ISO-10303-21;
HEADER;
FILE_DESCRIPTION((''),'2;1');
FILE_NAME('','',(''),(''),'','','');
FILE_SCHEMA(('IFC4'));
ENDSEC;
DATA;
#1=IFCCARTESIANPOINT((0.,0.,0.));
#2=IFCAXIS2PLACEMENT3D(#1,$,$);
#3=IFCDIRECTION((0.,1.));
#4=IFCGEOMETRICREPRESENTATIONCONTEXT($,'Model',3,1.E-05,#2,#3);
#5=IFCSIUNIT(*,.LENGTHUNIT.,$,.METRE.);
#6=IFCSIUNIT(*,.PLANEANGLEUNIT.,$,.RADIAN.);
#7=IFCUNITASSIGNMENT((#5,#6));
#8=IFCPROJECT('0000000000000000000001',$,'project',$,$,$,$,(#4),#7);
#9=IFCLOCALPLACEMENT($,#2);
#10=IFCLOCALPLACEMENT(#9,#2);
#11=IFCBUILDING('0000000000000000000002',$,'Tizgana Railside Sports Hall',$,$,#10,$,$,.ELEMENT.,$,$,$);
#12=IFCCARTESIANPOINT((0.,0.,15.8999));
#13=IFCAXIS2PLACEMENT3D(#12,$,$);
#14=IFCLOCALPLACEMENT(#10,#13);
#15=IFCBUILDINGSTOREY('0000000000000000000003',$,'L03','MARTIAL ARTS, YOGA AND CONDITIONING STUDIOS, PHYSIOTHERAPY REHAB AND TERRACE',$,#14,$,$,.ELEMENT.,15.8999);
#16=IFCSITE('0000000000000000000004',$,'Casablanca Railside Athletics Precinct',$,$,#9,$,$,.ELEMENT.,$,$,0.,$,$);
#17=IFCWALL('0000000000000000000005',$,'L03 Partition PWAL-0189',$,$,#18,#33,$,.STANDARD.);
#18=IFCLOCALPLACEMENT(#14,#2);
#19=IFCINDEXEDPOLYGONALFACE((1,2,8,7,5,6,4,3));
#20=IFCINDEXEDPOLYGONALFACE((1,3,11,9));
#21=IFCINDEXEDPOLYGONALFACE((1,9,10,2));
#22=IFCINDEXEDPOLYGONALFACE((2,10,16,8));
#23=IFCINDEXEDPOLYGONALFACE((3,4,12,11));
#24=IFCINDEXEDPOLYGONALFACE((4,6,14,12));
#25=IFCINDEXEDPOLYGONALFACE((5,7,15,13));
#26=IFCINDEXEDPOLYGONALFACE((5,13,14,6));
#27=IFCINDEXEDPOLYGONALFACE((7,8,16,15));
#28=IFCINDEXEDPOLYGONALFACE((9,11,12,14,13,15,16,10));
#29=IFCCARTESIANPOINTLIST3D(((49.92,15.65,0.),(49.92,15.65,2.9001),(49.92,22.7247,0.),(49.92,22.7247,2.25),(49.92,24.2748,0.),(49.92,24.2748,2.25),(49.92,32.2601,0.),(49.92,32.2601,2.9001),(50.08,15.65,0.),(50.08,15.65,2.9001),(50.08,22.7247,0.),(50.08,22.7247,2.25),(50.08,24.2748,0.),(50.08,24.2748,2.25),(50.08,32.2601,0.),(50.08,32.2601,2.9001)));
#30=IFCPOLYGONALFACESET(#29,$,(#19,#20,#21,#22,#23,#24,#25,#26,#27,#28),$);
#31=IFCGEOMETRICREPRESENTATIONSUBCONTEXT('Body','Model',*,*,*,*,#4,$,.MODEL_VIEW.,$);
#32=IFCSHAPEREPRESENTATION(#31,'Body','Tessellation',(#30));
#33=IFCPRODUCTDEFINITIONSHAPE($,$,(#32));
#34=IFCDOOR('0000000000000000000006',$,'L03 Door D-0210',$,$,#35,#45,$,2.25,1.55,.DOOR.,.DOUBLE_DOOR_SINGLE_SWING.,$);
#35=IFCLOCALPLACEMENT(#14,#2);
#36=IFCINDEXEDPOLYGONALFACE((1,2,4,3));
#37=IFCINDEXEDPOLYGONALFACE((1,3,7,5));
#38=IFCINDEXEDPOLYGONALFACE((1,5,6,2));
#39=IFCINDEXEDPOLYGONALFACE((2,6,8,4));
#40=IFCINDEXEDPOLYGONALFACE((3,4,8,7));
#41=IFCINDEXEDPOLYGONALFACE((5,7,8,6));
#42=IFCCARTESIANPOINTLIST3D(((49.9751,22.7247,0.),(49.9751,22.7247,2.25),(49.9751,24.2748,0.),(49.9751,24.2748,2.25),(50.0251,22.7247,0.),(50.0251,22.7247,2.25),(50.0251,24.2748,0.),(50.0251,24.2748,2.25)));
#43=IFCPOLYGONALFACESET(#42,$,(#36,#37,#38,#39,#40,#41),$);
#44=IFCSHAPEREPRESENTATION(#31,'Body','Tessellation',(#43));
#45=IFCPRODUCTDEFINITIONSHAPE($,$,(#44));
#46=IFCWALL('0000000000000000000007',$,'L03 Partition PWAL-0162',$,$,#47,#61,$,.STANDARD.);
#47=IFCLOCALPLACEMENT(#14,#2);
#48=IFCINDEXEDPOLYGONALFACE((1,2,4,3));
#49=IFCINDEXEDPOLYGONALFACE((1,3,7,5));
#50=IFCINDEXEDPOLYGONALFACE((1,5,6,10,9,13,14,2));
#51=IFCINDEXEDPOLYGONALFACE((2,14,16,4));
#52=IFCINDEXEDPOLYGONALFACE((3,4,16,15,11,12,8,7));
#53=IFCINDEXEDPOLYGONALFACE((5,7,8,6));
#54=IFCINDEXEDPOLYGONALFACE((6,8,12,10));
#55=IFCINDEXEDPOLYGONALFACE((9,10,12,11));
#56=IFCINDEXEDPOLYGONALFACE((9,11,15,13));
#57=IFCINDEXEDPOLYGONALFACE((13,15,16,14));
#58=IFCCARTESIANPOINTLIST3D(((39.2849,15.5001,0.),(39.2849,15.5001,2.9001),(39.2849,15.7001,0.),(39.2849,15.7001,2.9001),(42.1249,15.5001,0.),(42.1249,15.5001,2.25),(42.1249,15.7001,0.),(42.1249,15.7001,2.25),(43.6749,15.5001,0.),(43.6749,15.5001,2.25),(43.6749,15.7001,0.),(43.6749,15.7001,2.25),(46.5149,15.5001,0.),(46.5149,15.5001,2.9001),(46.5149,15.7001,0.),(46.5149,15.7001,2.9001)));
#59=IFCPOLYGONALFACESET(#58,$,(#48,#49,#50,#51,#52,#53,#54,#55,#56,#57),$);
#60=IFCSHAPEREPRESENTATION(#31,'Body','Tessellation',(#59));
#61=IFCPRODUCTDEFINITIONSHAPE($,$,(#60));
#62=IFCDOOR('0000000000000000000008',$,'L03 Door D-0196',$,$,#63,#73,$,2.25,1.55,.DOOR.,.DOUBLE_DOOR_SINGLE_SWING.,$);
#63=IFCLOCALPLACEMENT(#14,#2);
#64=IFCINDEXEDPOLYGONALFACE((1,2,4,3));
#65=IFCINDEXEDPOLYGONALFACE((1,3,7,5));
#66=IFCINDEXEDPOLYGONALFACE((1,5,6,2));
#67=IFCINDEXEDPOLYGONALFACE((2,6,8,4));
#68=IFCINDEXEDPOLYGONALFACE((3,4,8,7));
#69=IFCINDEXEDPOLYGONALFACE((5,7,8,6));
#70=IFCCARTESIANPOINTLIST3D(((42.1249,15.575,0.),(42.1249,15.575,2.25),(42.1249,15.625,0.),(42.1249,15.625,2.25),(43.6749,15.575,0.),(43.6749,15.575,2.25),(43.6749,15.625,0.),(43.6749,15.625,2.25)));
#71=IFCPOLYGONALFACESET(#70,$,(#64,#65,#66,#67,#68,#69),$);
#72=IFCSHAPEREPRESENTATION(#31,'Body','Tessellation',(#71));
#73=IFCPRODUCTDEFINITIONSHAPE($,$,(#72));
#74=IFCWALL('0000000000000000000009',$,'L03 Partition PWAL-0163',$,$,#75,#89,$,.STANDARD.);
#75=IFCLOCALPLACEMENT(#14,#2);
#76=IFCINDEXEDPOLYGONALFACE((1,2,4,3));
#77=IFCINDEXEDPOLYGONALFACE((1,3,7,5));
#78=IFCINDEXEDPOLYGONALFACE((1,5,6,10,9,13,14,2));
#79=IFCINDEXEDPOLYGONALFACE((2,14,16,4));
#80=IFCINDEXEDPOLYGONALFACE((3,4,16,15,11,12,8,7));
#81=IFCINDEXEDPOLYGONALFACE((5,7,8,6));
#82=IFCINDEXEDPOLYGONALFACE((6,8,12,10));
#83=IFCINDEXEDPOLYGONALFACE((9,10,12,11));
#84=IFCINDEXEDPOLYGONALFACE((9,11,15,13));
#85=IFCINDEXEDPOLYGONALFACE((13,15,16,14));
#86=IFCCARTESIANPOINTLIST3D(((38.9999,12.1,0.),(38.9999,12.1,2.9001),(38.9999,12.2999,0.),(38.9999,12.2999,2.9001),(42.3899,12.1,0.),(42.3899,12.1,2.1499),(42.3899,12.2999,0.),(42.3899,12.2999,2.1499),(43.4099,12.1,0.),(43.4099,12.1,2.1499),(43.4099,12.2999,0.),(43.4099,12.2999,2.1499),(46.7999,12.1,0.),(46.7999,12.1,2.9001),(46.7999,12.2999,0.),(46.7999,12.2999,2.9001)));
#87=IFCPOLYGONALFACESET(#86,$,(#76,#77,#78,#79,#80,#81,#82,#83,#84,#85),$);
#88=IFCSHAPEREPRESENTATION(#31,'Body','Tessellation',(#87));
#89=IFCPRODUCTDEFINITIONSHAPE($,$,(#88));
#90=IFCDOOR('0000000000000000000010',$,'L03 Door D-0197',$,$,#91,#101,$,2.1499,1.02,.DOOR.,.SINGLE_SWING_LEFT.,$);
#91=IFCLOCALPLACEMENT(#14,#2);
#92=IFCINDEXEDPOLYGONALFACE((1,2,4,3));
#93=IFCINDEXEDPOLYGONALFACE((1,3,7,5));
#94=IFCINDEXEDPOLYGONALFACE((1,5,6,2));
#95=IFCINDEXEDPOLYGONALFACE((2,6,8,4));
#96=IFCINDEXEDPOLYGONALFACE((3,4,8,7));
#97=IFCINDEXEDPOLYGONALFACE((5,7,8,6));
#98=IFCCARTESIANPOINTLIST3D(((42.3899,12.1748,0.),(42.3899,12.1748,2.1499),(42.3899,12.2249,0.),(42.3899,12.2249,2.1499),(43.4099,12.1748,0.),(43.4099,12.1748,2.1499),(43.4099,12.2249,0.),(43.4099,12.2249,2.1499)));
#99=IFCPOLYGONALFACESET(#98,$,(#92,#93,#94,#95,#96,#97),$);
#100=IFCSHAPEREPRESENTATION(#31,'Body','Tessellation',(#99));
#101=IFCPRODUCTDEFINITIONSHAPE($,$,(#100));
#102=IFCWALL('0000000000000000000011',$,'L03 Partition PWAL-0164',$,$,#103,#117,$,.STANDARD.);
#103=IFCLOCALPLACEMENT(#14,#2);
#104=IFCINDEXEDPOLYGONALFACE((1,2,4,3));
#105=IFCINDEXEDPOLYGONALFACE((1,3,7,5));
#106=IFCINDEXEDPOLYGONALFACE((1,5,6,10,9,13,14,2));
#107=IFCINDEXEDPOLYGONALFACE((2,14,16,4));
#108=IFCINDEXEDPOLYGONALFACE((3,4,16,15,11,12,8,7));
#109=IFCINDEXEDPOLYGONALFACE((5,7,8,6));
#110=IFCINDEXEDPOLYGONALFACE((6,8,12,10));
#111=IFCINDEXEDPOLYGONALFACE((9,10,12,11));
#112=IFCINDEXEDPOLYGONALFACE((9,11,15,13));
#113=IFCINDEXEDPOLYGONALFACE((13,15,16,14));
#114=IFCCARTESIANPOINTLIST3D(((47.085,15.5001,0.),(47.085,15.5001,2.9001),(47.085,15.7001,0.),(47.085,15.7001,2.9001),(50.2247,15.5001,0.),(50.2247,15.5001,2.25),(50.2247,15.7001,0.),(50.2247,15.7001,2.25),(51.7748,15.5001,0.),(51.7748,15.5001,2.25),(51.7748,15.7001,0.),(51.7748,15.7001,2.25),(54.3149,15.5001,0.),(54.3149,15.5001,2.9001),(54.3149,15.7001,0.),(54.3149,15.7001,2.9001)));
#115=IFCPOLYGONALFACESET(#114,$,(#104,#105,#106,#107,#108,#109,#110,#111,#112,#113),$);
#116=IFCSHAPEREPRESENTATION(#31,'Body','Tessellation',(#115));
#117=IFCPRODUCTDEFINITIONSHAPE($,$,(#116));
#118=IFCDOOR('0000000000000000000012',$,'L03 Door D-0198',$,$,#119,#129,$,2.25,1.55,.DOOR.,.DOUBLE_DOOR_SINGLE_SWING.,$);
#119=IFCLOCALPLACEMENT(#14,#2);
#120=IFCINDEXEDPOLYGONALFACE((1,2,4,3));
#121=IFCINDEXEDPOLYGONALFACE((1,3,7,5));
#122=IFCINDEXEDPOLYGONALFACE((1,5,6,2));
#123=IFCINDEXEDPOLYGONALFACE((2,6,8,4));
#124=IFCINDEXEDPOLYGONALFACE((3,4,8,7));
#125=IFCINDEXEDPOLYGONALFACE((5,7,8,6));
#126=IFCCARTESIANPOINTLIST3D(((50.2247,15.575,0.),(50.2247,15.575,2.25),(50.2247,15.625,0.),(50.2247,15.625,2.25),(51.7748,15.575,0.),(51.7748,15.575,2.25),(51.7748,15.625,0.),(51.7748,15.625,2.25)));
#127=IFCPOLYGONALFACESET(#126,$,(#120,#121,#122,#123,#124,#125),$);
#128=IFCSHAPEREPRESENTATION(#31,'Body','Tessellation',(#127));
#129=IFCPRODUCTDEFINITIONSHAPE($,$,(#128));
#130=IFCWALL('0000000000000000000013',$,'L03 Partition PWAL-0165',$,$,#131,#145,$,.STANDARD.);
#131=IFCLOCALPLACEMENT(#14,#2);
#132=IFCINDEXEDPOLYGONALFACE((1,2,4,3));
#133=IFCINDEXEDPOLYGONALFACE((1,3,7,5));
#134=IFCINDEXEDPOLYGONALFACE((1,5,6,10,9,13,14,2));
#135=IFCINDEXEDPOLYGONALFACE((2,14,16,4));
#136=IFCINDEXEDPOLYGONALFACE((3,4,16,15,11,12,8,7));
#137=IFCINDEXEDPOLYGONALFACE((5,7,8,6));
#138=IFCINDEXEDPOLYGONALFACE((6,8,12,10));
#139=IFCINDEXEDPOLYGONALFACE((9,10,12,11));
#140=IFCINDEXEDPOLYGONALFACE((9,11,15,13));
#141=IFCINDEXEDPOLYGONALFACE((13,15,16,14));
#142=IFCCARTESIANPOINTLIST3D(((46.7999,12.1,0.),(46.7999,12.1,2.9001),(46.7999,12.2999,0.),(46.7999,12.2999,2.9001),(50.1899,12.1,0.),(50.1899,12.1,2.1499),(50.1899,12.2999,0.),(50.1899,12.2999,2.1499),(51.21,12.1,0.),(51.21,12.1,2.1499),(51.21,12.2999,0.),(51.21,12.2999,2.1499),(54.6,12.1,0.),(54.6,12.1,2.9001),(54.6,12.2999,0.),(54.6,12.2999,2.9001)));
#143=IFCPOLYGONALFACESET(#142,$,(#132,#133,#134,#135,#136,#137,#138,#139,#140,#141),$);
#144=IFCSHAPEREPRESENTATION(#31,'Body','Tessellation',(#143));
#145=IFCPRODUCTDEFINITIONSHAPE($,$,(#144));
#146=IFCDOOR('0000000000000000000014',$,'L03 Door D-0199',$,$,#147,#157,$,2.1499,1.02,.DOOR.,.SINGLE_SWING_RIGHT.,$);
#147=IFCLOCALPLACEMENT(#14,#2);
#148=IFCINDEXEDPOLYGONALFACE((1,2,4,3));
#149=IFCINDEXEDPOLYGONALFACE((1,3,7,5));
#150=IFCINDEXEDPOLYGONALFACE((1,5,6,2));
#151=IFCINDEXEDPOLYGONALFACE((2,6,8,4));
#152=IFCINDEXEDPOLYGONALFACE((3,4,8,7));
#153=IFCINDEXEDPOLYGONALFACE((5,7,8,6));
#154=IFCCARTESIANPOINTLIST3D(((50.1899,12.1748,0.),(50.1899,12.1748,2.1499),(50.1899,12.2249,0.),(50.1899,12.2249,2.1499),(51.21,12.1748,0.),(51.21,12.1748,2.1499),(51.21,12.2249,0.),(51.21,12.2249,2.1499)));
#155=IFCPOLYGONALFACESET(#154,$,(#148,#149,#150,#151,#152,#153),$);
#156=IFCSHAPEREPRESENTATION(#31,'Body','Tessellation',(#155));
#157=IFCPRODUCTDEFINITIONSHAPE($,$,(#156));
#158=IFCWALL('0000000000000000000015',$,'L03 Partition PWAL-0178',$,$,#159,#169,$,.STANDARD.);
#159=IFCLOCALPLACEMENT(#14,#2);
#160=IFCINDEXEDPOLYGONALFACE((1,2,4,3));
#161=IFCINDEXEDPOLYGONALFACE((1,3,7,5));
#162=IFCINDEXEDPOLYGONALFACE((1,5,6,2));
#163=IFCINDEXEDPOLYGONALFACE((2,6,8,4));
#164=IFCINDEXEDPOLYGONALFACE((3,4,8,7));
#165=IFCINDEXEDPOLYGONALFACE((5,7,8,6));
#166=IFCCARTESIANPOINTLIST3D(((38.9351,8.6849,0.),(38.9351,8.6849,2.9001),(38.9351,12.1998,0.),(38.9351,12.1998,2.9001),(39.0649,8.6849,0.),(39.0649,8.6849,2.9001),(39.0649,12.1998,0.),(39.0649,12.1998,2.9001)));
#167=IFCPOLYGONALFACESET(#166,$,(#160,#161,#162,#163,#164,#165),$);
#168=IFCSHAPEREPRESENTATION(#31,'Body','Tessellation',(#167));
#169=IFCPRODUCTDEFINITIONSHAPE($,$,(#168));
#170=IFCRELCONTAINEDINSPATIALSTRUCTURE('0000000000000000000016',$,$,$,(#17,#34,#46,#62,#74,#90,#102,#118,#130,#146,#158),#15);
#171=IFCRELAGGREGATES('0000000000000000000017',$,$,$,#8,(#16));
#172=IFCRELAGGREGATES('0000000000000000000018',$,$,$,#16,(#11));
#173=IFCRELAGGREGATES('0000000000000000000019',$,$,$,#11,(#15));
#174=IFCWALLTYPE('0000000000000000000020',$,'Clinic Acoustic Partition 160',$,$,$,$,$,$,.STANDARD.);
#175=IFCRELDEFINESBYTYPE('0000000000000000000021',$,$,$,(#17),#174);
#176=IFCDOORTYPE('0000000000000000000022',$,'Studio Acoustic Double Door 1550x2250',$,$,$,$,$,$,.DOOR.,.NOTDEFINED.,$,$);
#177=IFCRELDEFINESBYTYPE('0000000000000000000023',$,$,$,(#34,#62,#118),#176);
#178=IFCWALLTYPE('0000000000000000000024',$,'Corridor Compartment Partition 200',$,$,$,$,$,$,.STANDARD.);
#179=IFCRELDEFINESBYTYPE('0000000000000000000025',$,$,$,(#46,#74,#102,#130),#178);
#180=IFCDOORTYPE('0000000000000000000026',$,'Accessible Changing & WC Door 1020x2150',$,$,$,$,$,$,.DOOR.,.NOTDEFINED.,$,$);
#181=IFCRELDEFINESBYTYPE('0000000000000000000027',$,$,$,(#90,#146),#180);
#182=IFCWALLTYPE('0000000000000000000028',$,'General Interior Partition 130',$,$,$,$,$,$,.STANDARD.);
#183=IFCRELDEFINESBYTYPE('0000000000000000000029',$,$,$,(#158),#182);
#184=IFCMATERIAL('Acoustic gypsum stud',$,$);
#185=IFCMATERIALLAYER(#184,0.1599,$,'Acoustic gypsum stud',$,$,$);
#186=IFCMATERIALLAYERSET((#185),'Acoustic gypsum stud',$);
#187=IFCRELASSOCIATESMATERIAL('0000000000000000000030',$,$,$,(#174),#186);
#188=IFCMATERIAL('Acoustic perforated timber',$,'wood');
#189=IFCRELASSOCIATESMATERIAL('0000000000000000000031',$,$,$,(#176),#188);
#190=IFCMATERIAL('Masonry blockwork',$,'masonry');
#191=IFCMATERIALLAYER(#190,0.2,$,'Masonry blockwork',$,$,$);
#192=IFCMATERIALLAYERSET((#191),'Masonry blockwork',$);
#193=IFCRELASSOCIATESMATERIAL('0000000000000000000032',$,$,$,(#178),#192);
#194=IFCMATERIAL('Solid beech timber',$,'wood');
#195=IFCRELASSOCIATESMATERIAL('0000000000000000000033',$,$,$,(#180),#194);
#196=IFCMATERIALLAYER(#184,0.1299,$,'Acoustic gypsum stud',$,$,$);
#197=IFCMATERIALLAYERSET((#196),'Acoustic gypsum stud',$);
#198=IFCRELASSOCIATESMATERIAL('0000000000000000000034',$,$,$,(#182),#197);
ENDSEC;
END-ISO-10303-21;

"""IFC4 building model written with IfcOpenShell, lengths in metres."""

from ifc_helpers import new_model, si_unit, direction, frame, frame_2d, origin, place, context, subcontext, project, spatial, rectangle, extrude, material, layer, layer_set, type_object, element, fill, save


model = new_model("IFC4")

# Units and contexts
model_context = context("Model", 3, precision=1e-05, world=origin(), true_north=direction((0.0, 1.0)))
body_context = subcontext(model_context, "Body", "Model", "MODEL_VIEW")
ifc_project = project(units=[si_unit("LENGTHUNIT", "METRE"), si_unit("PLANEANGLEUNIT", "RADIAN")], contexts=[model_context])

# Site, building, storey
site_placement = place(None, origin())
site = spatial("IfcSite", under=ifc_project, at=site_placement, Name="Casablanca Railside Athletics Precinct", CompositionType="ELEMENT", RefElevation=0.0)
building_placement = place(site_placement, origin())
building = spatial("IfcBuilding", under=site, at=building_placement, Name="Tizgana Railside Sports Hall", CompositionType="ELEMENT")
storey_placement = place(building_placement, frame((0.0, 0.0, 15.8999)))
storey = spatial("IfcBuildingStorey", under=building, at=storey_placement, Name="L03", Description="MARTIAL ARTS, YOGA AND CONDITIONING STUDIOS, PHYSIOTHERAPY REHAB AND TERRACE", CompositionType="ELEMENT", Elevation=15.8999)

# Walls, openings, doors
ifc_material_1 = material(Name="Acoustic gypsum stud")
ifc_layer_1 = layer(ifc_material_1, 0.1599, Name="Acoustic gypsum stud")
ifc_layer_set_1 = layer_set([ifc_layer_1], Name="Acoustic gypsum stud")
wall_type_1 = type_object("IfcWallType", Name="Clinic Acoustic Partition 160", PredefinedType="STANDARD", material=ifc_layer_set_1)
wall_1_placement = place(storey_placement, frame((50.0, 15.6499, 0.0), z_axis=(0.0, 0.0, 1.0), x_axis=(0.0, 1.0, 0.0)))
wall_1 = element("IfcWall", 1, at=wall_1_placement, inside=storey, type_object=wall_type_1, Name="L03 Partition PWAL-0189", PredefinedType="STANDARD", context=body_context, shape_type="SweptSolid", body=[
    extrude(rectangle(XDim=16.6101, YDim=0.1599, at=frame_2d((8.3052, 0.0))), origin(), (0.0, 0.0, 1.0), 2.9001),
])
opening_1_placement = place(wall_1_placement, frame((7.075, 0.0, 0.0)))
opening_1 = element("IfcOpeningElement", 2, at=opening_1_placement, cuts=wall_1, PredefinedType="OPENING", context=body_context, shape_type="SweptSolid", body=[
    extrude(rectangle(XDim=1.55, YDim=2.25, at=frame_2d((0.7749, 1.125))), frame((0.0, 0.0898, 0.0), z_axis=(0.0, -1.0, 0.0), x_axis=(1.0, 0.0, 0.0)), (0.0, 0.0, 1.0), 0.1799),
])
ifc_material_2 = material(Name="Acoustic perforated timber", Category="wood")
door_type_1 = type_object("IfcDoorType", Name="Studio Acoustic Double Door 1550x2250", OperationType="NOTDEFINED", PredefinedType="DOOR", material=ifc_material_2)
door_1_placement = place(opening_1_placement, origin())
door_1 = element("IfcDoor", 3, at=door_1_placement, inside=storey, type_object=door_type_1, Name="L03 Door D-0210", OperationType="DOUBLE_DOOR_SINGLE_SWING", OverallHeight=2.25, OverallWidth=1.55, PredefinedType="DOOR", context=body_context, shape_type="SweptSolid", body=[
    extrude(rectangle(XDim=1.55, YDim=2.25, at=frame_2d((0.7749, 1.125))), frame((0.0, 0.0249, 0.0), z_axis=(0.0, -1.0, 0.0), x_axis=(1.0, 0.0, 0.0)), (0.0, 0.0, 1.0), 0.05),
])
fill(opening_1, door_1)
ifc_material_3 = material(Name="Masonry blockwork", Category="masonry")
ifc_layer_2 = layer(ifc_material_3, 0.2, Name="Masonry blockwork")
ifc_layer_set_2 = layer_set([ifc_layer_2], Name="Masonry blockwork")
wall_type_2 = type_object("IfcWallType", Name="Corridor Compartment Partition 200", PredefinedType="STANDARD", material=ifc_layer_set_2)
wall_2_placement = place(storey_placement, frame((39.2849, 15.6001, 0.0), z_axis=(0.0, 0.0, 1.0), x_axis=(1.0, 0.0, 0.0)))
wall_2 = element("IfcWall", 4, at=wall_2_placement, inside=storey, type_object=wall_type_2, Name="L03 Partition PWAL-0162", PredefinedType="STANDARD", context=body_context, shape_type="SweptSolid", body=[
    extrude(rectangle(XDim=7.23, YDim=0.2, at=frame_2d((3.615, 0.0))), origin(), (0.0, 0.0, 1.0), 2.9001),
])
opening_2_placement = place(wall_2_placement, frame((2.8401, 0.0, 0.0)))
opening_2 = element("IfcOpeningElement", 5, at=opening_2_placement, cuts=wall_2, PredefinedType="OPENING", context=body_context, shape_type="SweptSolid", body=[
    extrude(rectangle(XDim=1.55, YDim=2.25, at=frame_2d((0.7749, 1.125))), frame((0.0, 0.1099, 0.0), z_axis=(0.0, -1.0, 0.0), x_axis=(1.0, 0.0, 0.0)), (0.0, 0.0, 1.0), 0.22),
])
door_2_placement = place(opening_2_placement, origin())
door_2 = element("IfcDoor", 6, at=door_2_placement, inside=storey, type_object=door_type_1, Name="L03 Door D-0196", OperationType="DOUBLE_DOOR_SINGLE_SWING", OverallHeight=2.25, OverallWidth=1.55, PredefinedType="DOOR", context=body_context, shape_type="SweptSolid", body=[
    extrude(rectangle(XDim=1.55, YDim=2.25, at=frame_2d((0.7749, 1.125))), frame((0.0, 0.0249, 0.0), z_axis=(0.0, -1.0, 0.0), x_axis=(1.0, 0.0, 0.0)), (0.0, 0.0, 1.0), 0.05),
])
fill(opening_2, door_2)
wall_3_placement = place(storey_placement, frame((39.0, 12.2, 0.0), z_axis=(0.0, 0.0, 1.0), x_axis=(1.0, 0.0, 0.0)))
wall_3 = element("IfcWall", 7, at=wall_3_placement, inside=storey, type_object=wall_type_2, Name="L03 Partition PWAL-0163", PredefinedType="STANDARD", context=body_context, shape_type="SweptSolid", body=[
    extrude(rectangle(XDim=7.8, YDim=0.2, at=frame_2d((3.8999, 0.0))), origin(), (0.0, 0.0, 1.0), 2.9001),
])
opening_3_placement = place(wall_3_placement, frame((3.3899, 0.0, 0.0)))
opening_3 = element("IfcOpeningElement", 8, at=opening_3_placement, cuts=wall_3, PredefinedType="OPENING", context=body_context, shape_type="SweptSolid", body=[
    extrude(rectangle(XDim=1.02, YDim=2.1499, at=frame_2d((0.51, 1.075))), frame((0.0, 0.1099, 0.0), z_axis=(0.0, -1.0, 0.0), x_axis=(1.0, 0.0, 0.0)), (0.0, 0.0, 1.0), 0.22),
])
ifc_material_4 = material(Name="Solid beech timber", Category="wood")
door_type_2 = type_object("IfcDoorType", Name="Accessible Changing & WC Door 1020x2150", OperationType="NOTDEFINED", PredefinedType="DOOR", material=ifc_material_4)
door_3_placement = place(opening_3_placement, origin())
door_3 = element("IfcDoor", 9, at=door_3_placement, inside=storey, type_object=door_type_2, Name="L03 Door D-0197", OperationType="SINGLE_SWING_LEFT", OverallHeight=2.1499, OverallWidth=1.02, PredefinedType="DOOR", context=body_context, shape_type="SweptSolid", body=[
    extrude(rectangle(XDim=1.02, YDim=2.1499, at=frame_2d((0.51, 1.075))), frame((0.0, 0.0249, 0.0), z_axis=(0.0, -1.0, 0.0), x_axis=(1.0, 0.0, 0.0)), (0.0, 0.0, 1.0), 0.05),
])
fill(opening_3, door_3)
wall_4_placement = place(storey_placement, frame((47.085, 15.6001, 0.0), z_axis=(0.0, 0.0, 1.0), x_axis=(1.0, 0.0, 0.0)))
wall_4 = element("IfcWall", 10, at=wall_4_placement, inside=storey, type_object=wall_type_2, Name="L03 Partition PWAL-0164", PredefinedType="STANDARD", context=body_context, shape_type="SweptSolid", body=[
    extrude(rectangle(XDim=7.23, YDim=0.2, at=frame_2d((3.615, 0.0))), origin(), (0.0, 0.0, 1.0), 2.9001),
])
opening_4_placement = place(wall_4_placement, frame((3.1399, 0.0, 0.0)))
opening_4 = element("IfcOpeningElement", 11, at=opening_4_placement, cuts=wall_4, PredefinedType="OPENING", context=body_context, shape_type="SweptSolid", body=[
    extrude(rectangle(XDim=1.55, YDim=2.25, at=frame_2d((0.7749, 1.125))), frame((0.0, 0.1099, 0.0), z_axis=(0.0, -1.0, 0.0), x_axis=(1.0, 0.0, 0.0)), (0.0, 0.0, 1.0), 0.22),
])
door_4_placement = place(opening_4_placement, origin())
door_4 = element("IfcDoor", 12, at=door_4_placement, inside=storey, type_object=door_type_1, Name="L03 Door D-0198", OperationType="DOUBLE_DOOR_SINGLE_SWING", OverallHeight=2.25, OverallWidth=1.55, PredefinedType="DOOR", context=body_context, shape_type="SweptSolid", body=[
    extrude(rectangle(XDim=1.55, YDim=2.25, at=frame_2d((0.7749, 1.125))), frame((0.0, 0.0249, 0.0), z_axis=(0.0, -1.0, 0.0), x_axis=(1.0, 0.0, 0.0)), (0.0, 0.0, 1.0), 0.05),
])
fill(opening_4, door_4)
wall_5_placement = place(storey_placement, frame((46.8, 12.2, 0.0), z_axis=(0.0, 0.0, 1.0), x_axis=(1.0, 0.0, 0.0)))
wall_5 = element("IfcWall", 13, at=wall_5_placement, inside=storey, type_object=wall_type_2, Name="L03 Partition PWAL-0165", PredefinedType="STANDARD", context=body_context, shape_type="SweptSolid", body=[
    extrude(rectangle(XDim=7.8, YDim=0.2, at=frame_2d((3.8999, 0.0))), origin(), (0.0, 0.0, 1.0), 2.9001),
])
opening_5_placement = place(wall_5_placement, frame((3.3899, 0.0, 0.0)))
opening_5 = element("IfcOpeningElement", 14, at=opening_5_placement, cuts=wall_5, PredefinedType="OPENING", context=body_context, shape_type="SweptSolid", body=[
    extrude(rectangle(XDim=1.02, YDim=2.1499, at=frame_2d((0.51, 1.075))), frame((0.0, 0.1099, 0.0), z_axis=(0.0, -1.0, 0.0), x_axis=(1.0, 0.0, 0.0)), (0.0, 0.0, 1.0), 0.22),
])
door_5_placement = place(opening_5_placement, origin())
door_5 = element("IfcDoor", 15, at=door_5_placement, inside=storey, type_object=door_type_2, Name="L03 Door D-0199", OperationType="SINGLE_SWING_RIGHT", OverallHeight=2.1499, OverallWidth=1.02, PredefinedType="DOOR", context=body_context, shape_type="SweptSolid", body=[
    extrude(rectangle(XDim=1.02, YDim=2.1499, at=frame_2d((0.51, 1.075))), frame((0.0, 0.0249, 0.0), z_axis=(0.0, -1.0, 0.0), x_axis=(1.0, 0.0, 0.0)), (0.0, 0.0, 1.0), 0.05),
])
fill(opening_5, door_5)

# Wall
ifc_layer_3 = layer(ifc_material_1, 0.1299, Name="Acoustic gypsum stud")
ifc_layer_set_3 = layer_set([ifc_layer_3], Name="Acoustic gypsum stud")
wall_type_3 = type_object("IfcWallType", Name="General Interior Partition 130", PredefinedType="STANDARD", material=ifc_layer_set_3)
wall_6_placement = place(storey_placement, frame((39.0, 8.6851, 0.0), z_axis=(0.0, 0.0, 1.0), x_axis=(0.0, 1.0, 0.0)))
element("IfcWall", 16, at=wall_6_placement, inside=storey, type_object=wall_type_3, Name="L03 Partition PWAL-0178", PredefinedType="STANDARD", context=body_context, shape_type="SweptSolid", body=[
    extrude(rectangle(XDim=3.5149, YDim=0.1299, at=frame_2d((1.7573, 0.0))), origin(), (0.0, 0.0, 1.0), 2.9001),
])

save(model, "model.ifc")
